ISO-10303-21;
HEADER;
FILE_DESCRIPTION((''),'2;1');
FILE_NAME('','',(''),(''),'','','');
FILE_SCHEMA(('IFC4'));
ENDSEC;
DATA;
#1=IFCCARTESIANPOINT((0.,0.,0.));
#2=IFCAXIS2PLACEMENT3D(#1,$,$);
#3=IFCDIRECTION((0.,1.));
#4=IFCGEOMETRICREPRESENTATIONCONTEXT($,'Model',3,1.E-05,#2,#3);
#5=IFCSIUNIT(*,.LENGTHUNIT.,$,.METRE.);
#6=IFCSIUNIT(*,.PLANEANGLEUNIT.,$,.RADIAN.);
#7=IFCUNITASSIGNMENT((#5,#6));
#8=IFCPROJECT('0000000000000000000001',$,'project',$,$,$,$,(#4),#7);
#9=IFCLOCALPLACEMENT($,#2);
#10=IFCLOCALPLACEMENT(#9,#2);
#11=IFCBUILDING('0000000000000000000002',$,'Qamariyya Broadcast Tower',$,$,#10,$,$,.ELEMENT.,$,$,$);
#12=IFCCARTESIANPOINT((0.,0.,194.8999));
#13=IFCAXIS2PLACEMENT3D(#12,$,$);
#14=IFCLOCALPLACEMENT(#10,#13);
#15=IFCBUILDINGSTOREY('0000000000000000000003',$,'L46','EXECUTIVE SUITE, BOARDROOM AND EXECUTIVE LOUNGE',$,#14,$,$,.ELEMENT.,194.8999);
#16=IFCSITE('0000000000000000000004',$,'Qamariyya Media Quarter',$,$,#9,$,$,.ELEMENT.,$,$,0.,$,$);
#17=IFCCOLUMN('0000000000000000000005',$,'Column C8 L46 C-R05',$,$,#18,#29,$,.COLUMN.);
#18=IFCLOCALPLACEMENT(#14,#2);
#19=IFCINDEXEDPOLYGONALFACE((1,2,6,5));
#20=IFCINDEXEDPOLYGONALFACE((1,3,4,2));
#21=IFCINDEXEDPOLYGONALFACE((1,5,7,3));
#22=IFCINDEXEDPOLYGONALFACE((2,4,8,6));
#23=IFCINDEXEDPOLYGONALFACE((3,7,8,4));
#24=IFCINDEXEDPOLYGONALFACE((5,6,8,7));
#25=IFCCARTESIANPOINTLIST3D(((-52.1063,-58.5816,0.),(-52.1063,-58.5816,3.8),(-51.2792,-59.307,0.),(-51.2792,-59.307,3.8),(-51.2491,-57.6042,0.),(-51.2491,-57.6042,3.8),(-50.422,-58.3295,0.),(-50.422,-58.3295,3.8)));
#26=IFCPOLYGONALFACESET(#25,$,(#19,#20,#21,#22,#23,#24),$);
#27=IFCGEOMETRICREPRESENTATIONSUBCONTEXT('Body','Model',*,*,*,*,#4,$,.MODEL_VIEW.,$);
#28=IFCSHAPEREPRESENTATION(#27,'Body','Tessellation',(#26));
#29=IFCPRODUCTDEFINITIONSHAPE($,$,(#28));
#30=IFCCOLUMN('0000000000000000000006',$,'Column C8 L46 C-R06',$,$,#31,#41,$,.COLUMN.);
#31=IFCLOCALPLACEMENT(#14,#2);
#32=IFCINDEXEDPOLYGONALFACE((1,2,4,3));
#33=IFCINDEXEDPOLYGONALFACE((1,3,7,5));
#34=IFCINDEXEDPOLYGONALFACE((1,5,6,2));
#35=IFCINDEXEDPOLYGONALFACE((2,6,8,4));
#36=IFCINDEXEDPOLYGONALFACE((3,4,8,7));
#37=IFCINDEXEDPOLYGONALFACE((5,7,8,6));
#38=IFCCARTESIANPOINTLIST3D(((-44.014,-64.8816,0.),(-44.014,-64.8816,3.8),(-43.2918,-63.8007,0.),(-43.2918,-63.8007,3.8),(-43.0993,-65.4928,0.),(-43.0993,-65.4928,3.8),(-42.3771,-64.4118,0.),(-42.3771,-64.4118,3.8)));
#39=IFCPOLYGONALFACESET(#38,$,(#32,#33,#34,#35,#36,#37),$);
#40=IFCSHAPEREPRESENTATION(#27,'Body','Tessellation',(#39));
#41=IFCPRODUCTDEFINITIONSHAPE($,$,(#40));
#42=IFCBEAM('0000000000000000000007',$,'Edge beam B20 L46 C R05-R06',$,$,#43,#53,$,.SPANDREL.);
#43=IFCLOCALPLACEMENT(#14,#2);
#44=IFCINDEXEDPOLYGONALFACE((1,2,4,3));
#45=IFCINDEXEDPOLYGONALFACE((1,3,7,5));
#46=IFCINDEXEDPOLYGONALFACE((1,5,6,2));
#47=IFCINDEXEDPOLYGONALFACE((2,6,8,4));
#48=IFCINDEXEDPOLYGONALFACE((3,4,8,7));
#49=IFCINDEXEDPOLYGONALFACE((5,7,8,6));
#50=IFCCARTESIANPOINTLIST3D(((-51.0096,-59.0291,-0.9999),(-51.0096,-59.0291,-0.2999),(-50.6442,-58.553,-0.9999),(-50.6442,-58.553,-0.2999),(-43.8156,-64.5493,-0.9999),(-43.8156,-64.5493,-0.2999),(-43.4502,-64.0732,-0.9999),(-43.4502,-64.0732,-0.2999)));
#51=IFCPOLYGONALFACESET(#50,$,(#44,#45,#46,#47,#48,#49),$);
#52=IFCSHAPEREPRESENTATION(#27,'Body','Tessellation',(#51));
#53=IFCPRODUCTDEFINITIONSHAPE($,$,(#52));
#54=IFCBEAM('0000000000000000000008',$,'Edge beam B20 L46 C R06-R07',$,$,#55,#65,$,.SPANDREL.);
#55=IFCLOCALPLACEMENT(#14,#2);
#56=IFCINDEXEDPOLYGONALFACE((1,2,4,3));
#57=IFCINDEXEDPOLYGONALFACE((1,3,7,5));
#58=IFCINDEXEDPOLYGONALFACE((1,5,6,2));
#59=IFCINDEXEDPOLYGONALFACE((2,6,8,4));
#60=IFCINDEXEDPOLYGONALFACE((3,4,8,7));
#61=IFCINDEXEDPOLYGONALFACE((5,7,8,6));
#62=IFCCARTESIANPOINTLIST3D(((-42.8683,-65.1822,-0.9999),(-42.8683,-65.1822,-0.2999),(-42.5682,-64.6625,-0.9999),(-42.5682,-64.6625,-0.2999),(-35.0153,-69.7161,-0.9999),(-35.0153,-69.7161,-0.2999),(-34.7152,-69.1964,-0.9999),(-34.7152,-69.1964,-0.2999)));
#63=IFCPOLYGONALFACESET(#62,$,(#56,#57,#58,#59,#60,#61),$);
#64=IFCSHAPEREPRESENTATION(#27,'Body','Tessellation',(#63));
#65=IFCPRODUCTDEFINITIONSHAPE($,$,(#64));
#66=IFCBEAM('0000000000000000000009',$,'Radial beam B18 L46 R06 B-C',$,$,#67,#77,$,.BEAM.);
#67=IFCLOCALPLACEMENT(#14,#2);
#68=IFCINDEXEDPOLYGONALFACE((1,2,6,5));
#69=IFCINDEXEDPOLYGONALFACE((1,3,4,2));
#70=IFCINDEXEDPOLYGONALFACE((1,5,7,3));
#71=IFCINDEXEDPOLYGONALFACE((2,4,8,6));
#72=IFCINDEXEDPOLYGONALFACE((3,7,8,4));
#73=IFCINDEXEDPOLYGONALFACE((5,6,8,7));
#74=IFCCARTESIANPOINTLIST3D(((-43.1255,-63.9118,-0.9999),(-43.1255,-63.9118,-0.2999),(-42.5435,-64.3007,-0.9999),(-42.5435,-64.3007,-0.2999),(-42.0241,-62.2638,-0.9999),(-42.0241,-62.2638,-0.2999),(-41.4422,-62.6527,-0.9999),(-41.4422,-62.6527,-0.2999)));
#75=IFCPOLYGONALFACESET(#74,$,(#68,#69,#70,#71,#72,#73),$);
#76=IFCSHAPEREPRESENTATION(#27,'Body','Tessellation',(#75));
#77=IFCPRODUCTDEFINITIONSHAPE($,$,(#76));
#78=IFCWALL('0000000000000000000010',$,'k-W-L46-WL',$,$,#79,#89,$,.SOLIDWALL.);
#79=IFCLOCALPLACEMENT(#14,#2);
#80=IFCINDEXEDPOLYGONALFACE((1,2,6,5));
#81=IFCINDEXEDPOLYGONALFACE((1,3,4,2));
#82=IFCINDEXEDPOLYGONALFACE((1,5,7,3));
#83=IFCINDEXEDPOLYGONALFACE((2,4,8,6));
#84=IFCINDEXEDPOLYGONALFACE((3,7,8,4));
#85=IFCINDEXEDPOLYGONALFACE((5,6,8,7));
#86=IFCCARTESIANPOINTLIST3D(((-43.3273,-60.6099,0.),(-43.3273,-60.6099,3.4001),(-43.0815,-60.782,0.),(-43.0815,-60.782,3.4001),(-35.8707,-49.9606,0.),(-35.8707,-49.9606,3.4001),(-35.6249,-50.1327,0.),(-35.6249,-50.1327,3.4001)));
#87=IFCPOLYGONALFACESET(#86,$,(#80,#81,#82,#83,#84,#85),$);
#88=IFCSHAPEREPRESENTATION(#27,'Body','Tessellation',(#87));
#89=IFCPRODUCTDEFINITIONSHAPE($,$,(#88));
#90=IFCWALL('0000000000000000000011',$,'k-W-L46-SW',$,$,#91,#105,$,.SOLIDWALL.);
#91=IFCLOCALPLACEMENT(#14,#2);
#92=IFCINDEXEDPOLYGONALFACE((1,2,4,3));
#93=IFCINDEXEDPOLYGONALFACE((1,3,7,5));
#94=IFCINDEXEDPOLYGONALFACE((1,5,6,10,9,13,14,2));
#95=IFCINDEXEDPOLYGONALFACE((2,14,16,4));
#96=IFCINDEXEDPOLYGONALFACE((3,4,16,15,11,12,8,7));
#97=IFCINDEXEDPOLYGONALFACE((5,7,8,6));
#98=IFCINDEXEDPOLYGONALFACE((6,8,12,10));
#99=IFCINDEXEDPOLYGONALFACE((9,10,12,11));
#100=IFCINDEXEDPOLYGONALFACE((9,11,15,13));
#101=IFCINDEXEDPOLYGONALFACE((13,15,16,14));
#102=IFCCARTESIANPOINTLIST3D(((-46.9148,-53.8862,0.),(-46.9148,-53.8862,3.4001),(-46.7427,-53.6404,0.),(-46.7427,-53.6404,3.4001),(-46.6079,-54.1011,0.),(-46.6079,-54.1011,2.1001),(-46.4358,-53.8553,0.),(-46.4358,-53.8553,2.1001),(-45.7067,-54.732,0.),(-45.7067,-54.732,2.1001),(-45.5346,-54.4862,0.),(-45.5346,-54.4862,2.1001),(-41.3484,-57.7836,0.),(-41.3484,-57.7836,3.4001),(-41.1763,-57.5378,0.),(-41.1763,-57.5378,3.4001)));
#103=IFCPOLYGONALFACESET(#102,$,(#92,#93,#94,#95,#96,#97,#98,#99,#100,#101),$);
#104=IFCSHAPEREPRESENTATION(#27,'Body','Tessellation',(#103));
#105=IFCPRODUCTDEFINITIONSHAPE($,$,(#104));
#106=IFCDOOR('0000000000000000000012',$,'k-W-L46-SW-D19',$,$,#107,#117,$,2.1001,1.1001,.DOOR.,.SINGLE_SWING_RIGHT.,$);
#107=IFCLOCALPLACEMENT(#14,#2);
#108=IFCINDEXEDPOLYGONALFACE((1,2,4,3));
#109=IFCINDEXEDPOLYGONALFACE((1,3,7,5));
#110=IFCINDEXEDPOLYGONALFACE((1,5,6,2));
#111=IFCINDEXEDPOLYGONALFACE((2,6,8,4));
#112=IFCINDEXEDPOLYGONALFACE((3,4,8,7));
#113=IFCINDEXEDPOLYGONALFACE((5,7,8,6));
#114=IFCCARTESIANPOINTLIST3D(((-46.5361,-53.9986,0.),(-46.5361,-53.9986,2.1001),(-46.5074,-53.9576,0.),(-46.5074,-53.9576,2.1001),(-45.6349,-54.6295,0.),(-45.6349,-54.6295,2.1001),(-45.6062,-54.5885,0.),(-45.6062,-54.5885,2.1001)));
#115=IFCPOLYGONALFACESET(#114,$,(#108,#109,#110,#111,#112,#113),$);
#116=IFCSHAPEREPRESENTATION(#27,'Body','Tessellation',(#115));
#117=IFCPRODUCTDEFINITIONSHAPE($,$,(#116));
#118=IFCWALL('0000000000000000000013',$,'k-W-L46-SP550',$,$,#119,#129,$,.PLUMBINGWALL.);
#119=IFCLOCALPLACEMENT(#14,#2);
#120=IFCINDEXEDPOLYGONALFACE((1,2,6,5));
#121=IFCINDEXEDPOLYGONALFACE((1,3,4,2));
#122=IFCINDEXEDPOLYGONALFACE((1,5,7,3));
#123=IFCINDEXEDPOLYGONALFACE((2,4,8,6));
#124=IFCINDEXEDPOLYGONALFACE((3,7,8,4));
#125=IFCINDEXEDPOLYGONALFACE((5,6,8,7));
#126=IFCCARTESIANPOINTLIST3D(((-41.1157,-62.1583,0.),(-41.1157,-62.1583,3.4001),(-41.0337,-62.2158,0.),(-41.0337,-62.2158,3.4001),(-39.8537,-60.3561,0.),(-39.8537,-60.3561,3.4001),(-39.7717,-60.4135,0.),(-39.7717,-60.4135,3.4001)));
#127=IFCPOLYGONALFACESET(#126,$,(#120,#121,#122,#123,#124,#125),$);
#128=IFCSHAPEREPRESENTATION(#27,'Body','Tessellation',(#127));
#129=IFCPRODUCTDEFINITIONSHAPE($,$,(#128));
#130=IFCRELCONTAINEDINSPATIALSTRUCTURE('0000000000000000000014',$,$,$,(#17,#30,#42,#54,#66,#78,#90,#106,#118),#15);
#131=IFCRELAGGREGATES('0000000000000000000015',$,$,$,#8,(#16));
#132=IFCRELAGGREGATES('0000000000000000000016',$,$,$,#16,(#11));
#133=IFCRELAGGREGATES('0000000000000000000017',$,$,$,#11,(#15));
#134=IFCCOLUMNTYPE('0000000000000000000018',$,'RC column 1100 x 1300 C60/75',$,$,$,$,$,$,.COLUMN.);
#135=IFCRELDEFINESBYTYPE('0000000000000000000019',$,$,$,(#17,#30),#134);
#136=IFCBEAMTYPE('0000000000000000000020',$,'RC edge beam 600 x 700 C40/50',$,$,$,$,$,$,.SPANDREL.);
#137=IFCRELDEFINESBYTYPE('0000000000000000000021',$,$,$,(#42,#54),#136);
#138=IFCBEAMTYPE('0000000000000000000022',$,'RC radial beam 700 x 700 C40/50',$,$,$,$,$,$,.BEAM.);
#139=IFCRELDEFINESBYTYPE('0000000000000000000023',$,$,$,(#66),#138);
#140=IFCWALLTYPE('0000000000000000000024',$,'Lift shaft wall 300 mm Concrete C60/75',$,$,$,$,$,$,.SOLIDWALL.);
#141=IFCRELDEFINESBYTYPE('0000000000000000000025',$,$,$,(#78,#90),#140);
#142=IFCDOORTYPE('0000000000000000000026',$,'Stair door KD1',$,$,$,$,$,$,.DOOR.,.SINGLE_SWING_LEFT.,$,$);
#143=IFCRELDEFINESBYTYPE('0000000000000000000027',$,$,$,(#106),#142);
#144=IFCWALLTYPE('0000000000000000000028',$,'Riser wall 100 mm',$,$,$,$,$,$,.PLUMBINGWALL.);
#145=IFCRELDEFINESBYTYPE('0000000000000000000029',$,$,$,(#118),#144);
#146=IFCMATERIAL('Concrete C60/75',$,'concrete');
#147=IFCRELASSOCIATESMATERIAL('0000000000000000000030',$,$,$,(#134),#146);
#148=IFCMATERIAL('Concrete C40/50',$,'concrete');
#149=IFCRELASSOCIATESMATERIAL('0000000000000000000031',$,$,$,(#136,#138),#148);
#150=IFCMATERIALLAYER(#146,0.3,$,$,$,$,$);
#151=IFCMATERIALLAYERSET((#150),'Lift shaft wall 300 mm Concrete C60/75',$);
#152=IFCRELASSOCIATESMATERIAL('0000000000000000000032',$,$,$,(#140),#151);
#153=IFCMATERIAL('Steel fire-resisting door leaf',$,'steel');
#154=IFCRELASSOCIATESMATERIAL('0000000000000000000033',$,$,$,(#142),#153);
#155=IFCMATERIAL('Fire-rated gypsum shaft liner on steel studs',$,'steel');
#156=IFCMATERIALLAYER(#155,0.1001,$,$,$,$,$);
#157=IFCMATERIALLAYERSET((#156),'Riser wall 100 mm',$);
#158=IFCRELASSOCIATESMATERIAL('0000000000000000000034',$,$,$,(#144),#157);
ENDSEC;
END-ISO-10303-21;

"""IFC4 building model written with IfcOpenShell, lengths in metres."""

from ifc_helpers import new_model, si_unit, direction, frame, frame_2d, origin, origin_2d, place, context, subcontext, project, spatial, rectangle, extrude, material, layer, layer_set, material_profile, profile_set, type_object, element, fill, save


model = new_model("IFC4")

# Units and contexts
model_context = context("Model", 3, precision=1e-05, world=origin(), true_north=direction((0.0, 1.0)))
body_context = subcontext(model_context, "Body", "Model", "MODEL_VIEW")
ifc_project = project(units=[si_unit("LENGTHUNIT", "METRE"), si_unit("PLANEANGLEUNIT", "RADIAN")], contexts=[model_context])

# Site, building, storey
site_placement = place(None, origin())
site = spatial("IfcSite", under=ifc_project, at=site_placement, Name="Qamariyya Media Quarter", CompositionType="ELEMENT", RefElevation=0.0)
building_placement = place(site_placement, origin())
building = spatial("IfcBuilding", under=site, at=building_placement, Name="Qamariyya Broadcast Tower", CompositionType="ELEMENT")
storey_placement = place(building_placement, frame((0.0, 0.0, 194.8999)))
storey = spatial("IfcBuildingStorey", under=building, at=storey_placement, Name="L46", Description="EXECUTIVE SUITE, BOARDROOM AND EXECUTIVE LOUNGE", CompositionType="ELEMENT", Elevation=194.8999)

# Columns
ifc_material_1 = material(Name="Concrete C60/75", Category="concrete")
ifc_material_profile_1 = material_profile(ifc_material_1, rectangle(XDim=1.1001, YDim=1.3, at=origin_2d()))
ifc_profile_set_1 = profile_set([ifc_material_profile_1], Name="Concrete C60/75")
column_type = type_object("IfcColumnType", Name="RC column 1100 x 1300 C60/75", PredefinedType="COLUMN", material=ifc_profile_set_1)
for number, where, z_axis, x_axis, name in (
    (1, (-51.2642, -58.4556, 0.0), (0.0, 0.0, 1.0), (0.75184, -0.659346, 0.0), "Column C8 L46 C-R05"),
    (2, (-43.1956, -64.6467, 0.0), (0.0, 0.0, 1.0), (0.83147, -0.55557, 0.0), "Column C8 L46 C-R06"),
):
    element("IfcColumn", number, at=place(storey_placement, frame(where, z_axis=z_axis, x_axis=x_axis)), inside=storey, type_object=column_type, Name=name, PredefinedType="COLUMN", context=body_context, shape_type="SweptSolid", body=[
        extrude(rectangle(XDim=1.1001, YDim=1.3, at=origin_2d()), origin(), (0.0, 0.0, 1.0), 3.8),
    ])

# Beams
ifc_material_2 = material(Name="Concrete C40/50", Category="concrete")
ifc_material_profile_2 = material_profile(ifc_material_2, rectangle(XDim=0.6001, YDim=0.7, at=origin_2d()))
ifc_profile_set_2 = profile_set([ifc_material_profile_2], Name="Concrete C40/50")
beam_type_1 = type_object("IfcBeamType", Name="RC edge beam 600 x 700 C40/50", PredefinedType="SPANDREL", material=ifc_profile_set_2)
for number, where, z_axis, x_axis, name in (
    (3, (-50.8269, -58.791, -0.6499), (0.793351, -0.608764, 0.0), (0.608764, 0.793351, 0.0), "Edge beam B20 L46 C R05-R06"),
    (4, (-42.7183, -64.9224, -0.6499), (0.866026, -0.499999, 0.0), (0.499999, 0.866026, 0.0), "Edge beam B20 L46 C R06-R07"),
):
    element("IfcBeam", number, at=place(storey_placement, frame(where, z_axis=z_axis, x_axis=x_axis)), inside=storey, type_object=beam_type_1, Name=name, PredefinedType="SPANDREL", context=body_context, shape_type="SweptSolid", body=[
        extrude(rectangle(XDim=0.6001, YDim=0.7, at=origin_2d()), origin(), (0.0, 0.0, 1.0), 9.0679),
    ])
ifc_material_profile_3 = material_profile(ifc_material_2, rectangle(XDim=0.7, YDim=0.7, at=origin_2d()))
ifc_profile_set_3 = profile_set([ifc_material_profile_3], Name="Concrete C40/50")
beam_type_2 = type_object("IfcBeamType", Name="RC radial beam 700 x 700 C40/50", PredefinedType="BEAM", material=ifc_profile_set_3)
beam_placement = place(storey_placement, frame((-41.7332, -62.4583, -0.6499), z_axis=(-0.555638, -0.831424, 0.0), x_axis=(0.831424, -0.555638, 0.0)))
element("IfcBeam", 5, at=beam_placement, inside=storey, type_object=beam_type_2, Name="Radial beam B18 L46 R06 B-C", PredefinedType="BEAM", context=body_context, shape_type="SweptSolid", body=[
    extrude(rectangle(XDim=0.7, YDim=0.7, at=origin_2d()), origin(), (0.0, 0.0, 1.0), 1.9822),
])

# Wall
ifc_layer_1 = layer(ifc_material_1, 0.3)
ifc_layer_set_1 = layer_set([ifc_layer_1], Name="Lift shaft wall 300 mm Concrete C60/75")
wall_type_1 = type_object("IfcWallType", Name="Lift shaft wall 300 mm Concrete C60/75", PredefinedType="SOLIDWALL", material=ifc_layer_set_1)
wall_1_placement = place(storey_placement, frame((-43.2043, -60.6958, 0.0), z_axis=(0.0, 0.0, 1.0), x_axis=(0.573572, 0.819155, 0.0)))
element("IfcWall", 6, at=wall_1_placement, inside=storey, type_object=wall_type_1, Name="k-W-L46-WL", PredefinedType="SOLIDWALL", context=body_context, shape_type="SweptSolid", body=[
    extrude(rectangle(XDim=13.0002, YDim=0.3, at=frame_2d((6.5, 0.0))), origin(), (0.0, 0.0, 1.0), 3.4001),
])

# Wall, opening, door
wall_2_placement = place(storey_placement, frame((-41.2625, -57.6606, 0.0), z_axis=(0.0, 0.0, 1.0), x_axis=(-0.819164, 0.573559, 0.0)))
wall_2 = element("IfcWall", 7, at=wall_2_placement, inside=storey, type_object=wall_type_1, Name="k-W-L46-SW", PredefinedType="SOLIDWALL", context=body_context, shape_type="SweptSolid", body=[
    extrude(rectangle(XDim=6.7952, YDim=0.3, at=frame_2d((3.3975, 0.0))), origin(), (0.0, 0.0, 1.0), 3.4001),
])
opening_placement = place(wall_2_placement, frame((5.3203, 0.0, 0.0)))
opening = element("IfcOpeningElement", 8, at=opening_placement, cuts=wall_2, PredefinedType="OPENING", context=body_context, shape_type="SweptSolid", body=[
    extrude(rectangle(XDim=1.1001, YDim=2.1001, at=frame_2d((0.55, 1.05))), frame((0.0, 0.1599, 0.0), z_axis=(0.0, -1.0, 0.0), x_axis=(1.0, 0.0, 0.0)), (0.0, 0.0, 1.0), 0.3201),
])
ifc_material_3 = material(Name="Steel fire-resisting door leaf", Category="steel")
door_type = type_object("IfcDoorType", Name="Stair door KD1", OperationType="SINGLE_SWING_LEFT", PredefinedType="DOOR", material=ifc_material_3)
door_placement = place(opening_placement, origin())
door = element("IfcDoor", 9, at=door_placement, inside=storey, type_object=door_type, Name="k-W-L46-SW-D19", OperationType="SINGLE_SWING_RIGHT", OverallHeight=2.1001, OverallWidth=1.1001, PredefinedType="DOOR", context=body_context, shape_type="SweptSolid", body=[
    extrude(rectangle(XDim=1.1001, YDim=2.1001, at=frame_2d((0.55, 1.05))), frame((0.0, 0.0249, 0.0), z_axis=(0.0, -1.0, 0.0), x_axis=(1.0, 0.0, 0.0)), (0.0, 0.0, 1.0), 0.05),
])
fill(opening, door)

# Wall
ifc_material_4 = material(Name="Fire-rated gypsum shaft liner on steel studs", Category="steel")
ifc_layer_2 = layer(ifc_material_4, 0.1001)
ifc_layer_set_2 = layer_set([ifc_layer_2], Name="Riser wall 100 mm")
wall_type_2 = type_object("IfcWallType", Name="Riser wall 100 mm", PredefinedType="PLUMBINGWALL", material=ifc_layer_set_2)
wall_3_placement = place(storey_placement, frame((-39.8127, -60.3848, 0.0), z_axis=(0.0, 0.0, 1.0), x_axis=(-0.573581, -0.819149, 0.0)))
element("IfcWall", 10, at=wall_3_placement, inside=storey, type_object=wall_type_2, Name="k-W-L46-SP550", PredefinedType="PLUMBINGWALL", context=body_context, shape_type="SweptSolid", body=[
    extrude(rectangle(XDim=2.2002, YDim=0.1001, at=frame_2d((1.1001, 0.0))), origin(), (0.0, 0.0, 1.0), 3.4001),
])

save(model, "model.ifc")
